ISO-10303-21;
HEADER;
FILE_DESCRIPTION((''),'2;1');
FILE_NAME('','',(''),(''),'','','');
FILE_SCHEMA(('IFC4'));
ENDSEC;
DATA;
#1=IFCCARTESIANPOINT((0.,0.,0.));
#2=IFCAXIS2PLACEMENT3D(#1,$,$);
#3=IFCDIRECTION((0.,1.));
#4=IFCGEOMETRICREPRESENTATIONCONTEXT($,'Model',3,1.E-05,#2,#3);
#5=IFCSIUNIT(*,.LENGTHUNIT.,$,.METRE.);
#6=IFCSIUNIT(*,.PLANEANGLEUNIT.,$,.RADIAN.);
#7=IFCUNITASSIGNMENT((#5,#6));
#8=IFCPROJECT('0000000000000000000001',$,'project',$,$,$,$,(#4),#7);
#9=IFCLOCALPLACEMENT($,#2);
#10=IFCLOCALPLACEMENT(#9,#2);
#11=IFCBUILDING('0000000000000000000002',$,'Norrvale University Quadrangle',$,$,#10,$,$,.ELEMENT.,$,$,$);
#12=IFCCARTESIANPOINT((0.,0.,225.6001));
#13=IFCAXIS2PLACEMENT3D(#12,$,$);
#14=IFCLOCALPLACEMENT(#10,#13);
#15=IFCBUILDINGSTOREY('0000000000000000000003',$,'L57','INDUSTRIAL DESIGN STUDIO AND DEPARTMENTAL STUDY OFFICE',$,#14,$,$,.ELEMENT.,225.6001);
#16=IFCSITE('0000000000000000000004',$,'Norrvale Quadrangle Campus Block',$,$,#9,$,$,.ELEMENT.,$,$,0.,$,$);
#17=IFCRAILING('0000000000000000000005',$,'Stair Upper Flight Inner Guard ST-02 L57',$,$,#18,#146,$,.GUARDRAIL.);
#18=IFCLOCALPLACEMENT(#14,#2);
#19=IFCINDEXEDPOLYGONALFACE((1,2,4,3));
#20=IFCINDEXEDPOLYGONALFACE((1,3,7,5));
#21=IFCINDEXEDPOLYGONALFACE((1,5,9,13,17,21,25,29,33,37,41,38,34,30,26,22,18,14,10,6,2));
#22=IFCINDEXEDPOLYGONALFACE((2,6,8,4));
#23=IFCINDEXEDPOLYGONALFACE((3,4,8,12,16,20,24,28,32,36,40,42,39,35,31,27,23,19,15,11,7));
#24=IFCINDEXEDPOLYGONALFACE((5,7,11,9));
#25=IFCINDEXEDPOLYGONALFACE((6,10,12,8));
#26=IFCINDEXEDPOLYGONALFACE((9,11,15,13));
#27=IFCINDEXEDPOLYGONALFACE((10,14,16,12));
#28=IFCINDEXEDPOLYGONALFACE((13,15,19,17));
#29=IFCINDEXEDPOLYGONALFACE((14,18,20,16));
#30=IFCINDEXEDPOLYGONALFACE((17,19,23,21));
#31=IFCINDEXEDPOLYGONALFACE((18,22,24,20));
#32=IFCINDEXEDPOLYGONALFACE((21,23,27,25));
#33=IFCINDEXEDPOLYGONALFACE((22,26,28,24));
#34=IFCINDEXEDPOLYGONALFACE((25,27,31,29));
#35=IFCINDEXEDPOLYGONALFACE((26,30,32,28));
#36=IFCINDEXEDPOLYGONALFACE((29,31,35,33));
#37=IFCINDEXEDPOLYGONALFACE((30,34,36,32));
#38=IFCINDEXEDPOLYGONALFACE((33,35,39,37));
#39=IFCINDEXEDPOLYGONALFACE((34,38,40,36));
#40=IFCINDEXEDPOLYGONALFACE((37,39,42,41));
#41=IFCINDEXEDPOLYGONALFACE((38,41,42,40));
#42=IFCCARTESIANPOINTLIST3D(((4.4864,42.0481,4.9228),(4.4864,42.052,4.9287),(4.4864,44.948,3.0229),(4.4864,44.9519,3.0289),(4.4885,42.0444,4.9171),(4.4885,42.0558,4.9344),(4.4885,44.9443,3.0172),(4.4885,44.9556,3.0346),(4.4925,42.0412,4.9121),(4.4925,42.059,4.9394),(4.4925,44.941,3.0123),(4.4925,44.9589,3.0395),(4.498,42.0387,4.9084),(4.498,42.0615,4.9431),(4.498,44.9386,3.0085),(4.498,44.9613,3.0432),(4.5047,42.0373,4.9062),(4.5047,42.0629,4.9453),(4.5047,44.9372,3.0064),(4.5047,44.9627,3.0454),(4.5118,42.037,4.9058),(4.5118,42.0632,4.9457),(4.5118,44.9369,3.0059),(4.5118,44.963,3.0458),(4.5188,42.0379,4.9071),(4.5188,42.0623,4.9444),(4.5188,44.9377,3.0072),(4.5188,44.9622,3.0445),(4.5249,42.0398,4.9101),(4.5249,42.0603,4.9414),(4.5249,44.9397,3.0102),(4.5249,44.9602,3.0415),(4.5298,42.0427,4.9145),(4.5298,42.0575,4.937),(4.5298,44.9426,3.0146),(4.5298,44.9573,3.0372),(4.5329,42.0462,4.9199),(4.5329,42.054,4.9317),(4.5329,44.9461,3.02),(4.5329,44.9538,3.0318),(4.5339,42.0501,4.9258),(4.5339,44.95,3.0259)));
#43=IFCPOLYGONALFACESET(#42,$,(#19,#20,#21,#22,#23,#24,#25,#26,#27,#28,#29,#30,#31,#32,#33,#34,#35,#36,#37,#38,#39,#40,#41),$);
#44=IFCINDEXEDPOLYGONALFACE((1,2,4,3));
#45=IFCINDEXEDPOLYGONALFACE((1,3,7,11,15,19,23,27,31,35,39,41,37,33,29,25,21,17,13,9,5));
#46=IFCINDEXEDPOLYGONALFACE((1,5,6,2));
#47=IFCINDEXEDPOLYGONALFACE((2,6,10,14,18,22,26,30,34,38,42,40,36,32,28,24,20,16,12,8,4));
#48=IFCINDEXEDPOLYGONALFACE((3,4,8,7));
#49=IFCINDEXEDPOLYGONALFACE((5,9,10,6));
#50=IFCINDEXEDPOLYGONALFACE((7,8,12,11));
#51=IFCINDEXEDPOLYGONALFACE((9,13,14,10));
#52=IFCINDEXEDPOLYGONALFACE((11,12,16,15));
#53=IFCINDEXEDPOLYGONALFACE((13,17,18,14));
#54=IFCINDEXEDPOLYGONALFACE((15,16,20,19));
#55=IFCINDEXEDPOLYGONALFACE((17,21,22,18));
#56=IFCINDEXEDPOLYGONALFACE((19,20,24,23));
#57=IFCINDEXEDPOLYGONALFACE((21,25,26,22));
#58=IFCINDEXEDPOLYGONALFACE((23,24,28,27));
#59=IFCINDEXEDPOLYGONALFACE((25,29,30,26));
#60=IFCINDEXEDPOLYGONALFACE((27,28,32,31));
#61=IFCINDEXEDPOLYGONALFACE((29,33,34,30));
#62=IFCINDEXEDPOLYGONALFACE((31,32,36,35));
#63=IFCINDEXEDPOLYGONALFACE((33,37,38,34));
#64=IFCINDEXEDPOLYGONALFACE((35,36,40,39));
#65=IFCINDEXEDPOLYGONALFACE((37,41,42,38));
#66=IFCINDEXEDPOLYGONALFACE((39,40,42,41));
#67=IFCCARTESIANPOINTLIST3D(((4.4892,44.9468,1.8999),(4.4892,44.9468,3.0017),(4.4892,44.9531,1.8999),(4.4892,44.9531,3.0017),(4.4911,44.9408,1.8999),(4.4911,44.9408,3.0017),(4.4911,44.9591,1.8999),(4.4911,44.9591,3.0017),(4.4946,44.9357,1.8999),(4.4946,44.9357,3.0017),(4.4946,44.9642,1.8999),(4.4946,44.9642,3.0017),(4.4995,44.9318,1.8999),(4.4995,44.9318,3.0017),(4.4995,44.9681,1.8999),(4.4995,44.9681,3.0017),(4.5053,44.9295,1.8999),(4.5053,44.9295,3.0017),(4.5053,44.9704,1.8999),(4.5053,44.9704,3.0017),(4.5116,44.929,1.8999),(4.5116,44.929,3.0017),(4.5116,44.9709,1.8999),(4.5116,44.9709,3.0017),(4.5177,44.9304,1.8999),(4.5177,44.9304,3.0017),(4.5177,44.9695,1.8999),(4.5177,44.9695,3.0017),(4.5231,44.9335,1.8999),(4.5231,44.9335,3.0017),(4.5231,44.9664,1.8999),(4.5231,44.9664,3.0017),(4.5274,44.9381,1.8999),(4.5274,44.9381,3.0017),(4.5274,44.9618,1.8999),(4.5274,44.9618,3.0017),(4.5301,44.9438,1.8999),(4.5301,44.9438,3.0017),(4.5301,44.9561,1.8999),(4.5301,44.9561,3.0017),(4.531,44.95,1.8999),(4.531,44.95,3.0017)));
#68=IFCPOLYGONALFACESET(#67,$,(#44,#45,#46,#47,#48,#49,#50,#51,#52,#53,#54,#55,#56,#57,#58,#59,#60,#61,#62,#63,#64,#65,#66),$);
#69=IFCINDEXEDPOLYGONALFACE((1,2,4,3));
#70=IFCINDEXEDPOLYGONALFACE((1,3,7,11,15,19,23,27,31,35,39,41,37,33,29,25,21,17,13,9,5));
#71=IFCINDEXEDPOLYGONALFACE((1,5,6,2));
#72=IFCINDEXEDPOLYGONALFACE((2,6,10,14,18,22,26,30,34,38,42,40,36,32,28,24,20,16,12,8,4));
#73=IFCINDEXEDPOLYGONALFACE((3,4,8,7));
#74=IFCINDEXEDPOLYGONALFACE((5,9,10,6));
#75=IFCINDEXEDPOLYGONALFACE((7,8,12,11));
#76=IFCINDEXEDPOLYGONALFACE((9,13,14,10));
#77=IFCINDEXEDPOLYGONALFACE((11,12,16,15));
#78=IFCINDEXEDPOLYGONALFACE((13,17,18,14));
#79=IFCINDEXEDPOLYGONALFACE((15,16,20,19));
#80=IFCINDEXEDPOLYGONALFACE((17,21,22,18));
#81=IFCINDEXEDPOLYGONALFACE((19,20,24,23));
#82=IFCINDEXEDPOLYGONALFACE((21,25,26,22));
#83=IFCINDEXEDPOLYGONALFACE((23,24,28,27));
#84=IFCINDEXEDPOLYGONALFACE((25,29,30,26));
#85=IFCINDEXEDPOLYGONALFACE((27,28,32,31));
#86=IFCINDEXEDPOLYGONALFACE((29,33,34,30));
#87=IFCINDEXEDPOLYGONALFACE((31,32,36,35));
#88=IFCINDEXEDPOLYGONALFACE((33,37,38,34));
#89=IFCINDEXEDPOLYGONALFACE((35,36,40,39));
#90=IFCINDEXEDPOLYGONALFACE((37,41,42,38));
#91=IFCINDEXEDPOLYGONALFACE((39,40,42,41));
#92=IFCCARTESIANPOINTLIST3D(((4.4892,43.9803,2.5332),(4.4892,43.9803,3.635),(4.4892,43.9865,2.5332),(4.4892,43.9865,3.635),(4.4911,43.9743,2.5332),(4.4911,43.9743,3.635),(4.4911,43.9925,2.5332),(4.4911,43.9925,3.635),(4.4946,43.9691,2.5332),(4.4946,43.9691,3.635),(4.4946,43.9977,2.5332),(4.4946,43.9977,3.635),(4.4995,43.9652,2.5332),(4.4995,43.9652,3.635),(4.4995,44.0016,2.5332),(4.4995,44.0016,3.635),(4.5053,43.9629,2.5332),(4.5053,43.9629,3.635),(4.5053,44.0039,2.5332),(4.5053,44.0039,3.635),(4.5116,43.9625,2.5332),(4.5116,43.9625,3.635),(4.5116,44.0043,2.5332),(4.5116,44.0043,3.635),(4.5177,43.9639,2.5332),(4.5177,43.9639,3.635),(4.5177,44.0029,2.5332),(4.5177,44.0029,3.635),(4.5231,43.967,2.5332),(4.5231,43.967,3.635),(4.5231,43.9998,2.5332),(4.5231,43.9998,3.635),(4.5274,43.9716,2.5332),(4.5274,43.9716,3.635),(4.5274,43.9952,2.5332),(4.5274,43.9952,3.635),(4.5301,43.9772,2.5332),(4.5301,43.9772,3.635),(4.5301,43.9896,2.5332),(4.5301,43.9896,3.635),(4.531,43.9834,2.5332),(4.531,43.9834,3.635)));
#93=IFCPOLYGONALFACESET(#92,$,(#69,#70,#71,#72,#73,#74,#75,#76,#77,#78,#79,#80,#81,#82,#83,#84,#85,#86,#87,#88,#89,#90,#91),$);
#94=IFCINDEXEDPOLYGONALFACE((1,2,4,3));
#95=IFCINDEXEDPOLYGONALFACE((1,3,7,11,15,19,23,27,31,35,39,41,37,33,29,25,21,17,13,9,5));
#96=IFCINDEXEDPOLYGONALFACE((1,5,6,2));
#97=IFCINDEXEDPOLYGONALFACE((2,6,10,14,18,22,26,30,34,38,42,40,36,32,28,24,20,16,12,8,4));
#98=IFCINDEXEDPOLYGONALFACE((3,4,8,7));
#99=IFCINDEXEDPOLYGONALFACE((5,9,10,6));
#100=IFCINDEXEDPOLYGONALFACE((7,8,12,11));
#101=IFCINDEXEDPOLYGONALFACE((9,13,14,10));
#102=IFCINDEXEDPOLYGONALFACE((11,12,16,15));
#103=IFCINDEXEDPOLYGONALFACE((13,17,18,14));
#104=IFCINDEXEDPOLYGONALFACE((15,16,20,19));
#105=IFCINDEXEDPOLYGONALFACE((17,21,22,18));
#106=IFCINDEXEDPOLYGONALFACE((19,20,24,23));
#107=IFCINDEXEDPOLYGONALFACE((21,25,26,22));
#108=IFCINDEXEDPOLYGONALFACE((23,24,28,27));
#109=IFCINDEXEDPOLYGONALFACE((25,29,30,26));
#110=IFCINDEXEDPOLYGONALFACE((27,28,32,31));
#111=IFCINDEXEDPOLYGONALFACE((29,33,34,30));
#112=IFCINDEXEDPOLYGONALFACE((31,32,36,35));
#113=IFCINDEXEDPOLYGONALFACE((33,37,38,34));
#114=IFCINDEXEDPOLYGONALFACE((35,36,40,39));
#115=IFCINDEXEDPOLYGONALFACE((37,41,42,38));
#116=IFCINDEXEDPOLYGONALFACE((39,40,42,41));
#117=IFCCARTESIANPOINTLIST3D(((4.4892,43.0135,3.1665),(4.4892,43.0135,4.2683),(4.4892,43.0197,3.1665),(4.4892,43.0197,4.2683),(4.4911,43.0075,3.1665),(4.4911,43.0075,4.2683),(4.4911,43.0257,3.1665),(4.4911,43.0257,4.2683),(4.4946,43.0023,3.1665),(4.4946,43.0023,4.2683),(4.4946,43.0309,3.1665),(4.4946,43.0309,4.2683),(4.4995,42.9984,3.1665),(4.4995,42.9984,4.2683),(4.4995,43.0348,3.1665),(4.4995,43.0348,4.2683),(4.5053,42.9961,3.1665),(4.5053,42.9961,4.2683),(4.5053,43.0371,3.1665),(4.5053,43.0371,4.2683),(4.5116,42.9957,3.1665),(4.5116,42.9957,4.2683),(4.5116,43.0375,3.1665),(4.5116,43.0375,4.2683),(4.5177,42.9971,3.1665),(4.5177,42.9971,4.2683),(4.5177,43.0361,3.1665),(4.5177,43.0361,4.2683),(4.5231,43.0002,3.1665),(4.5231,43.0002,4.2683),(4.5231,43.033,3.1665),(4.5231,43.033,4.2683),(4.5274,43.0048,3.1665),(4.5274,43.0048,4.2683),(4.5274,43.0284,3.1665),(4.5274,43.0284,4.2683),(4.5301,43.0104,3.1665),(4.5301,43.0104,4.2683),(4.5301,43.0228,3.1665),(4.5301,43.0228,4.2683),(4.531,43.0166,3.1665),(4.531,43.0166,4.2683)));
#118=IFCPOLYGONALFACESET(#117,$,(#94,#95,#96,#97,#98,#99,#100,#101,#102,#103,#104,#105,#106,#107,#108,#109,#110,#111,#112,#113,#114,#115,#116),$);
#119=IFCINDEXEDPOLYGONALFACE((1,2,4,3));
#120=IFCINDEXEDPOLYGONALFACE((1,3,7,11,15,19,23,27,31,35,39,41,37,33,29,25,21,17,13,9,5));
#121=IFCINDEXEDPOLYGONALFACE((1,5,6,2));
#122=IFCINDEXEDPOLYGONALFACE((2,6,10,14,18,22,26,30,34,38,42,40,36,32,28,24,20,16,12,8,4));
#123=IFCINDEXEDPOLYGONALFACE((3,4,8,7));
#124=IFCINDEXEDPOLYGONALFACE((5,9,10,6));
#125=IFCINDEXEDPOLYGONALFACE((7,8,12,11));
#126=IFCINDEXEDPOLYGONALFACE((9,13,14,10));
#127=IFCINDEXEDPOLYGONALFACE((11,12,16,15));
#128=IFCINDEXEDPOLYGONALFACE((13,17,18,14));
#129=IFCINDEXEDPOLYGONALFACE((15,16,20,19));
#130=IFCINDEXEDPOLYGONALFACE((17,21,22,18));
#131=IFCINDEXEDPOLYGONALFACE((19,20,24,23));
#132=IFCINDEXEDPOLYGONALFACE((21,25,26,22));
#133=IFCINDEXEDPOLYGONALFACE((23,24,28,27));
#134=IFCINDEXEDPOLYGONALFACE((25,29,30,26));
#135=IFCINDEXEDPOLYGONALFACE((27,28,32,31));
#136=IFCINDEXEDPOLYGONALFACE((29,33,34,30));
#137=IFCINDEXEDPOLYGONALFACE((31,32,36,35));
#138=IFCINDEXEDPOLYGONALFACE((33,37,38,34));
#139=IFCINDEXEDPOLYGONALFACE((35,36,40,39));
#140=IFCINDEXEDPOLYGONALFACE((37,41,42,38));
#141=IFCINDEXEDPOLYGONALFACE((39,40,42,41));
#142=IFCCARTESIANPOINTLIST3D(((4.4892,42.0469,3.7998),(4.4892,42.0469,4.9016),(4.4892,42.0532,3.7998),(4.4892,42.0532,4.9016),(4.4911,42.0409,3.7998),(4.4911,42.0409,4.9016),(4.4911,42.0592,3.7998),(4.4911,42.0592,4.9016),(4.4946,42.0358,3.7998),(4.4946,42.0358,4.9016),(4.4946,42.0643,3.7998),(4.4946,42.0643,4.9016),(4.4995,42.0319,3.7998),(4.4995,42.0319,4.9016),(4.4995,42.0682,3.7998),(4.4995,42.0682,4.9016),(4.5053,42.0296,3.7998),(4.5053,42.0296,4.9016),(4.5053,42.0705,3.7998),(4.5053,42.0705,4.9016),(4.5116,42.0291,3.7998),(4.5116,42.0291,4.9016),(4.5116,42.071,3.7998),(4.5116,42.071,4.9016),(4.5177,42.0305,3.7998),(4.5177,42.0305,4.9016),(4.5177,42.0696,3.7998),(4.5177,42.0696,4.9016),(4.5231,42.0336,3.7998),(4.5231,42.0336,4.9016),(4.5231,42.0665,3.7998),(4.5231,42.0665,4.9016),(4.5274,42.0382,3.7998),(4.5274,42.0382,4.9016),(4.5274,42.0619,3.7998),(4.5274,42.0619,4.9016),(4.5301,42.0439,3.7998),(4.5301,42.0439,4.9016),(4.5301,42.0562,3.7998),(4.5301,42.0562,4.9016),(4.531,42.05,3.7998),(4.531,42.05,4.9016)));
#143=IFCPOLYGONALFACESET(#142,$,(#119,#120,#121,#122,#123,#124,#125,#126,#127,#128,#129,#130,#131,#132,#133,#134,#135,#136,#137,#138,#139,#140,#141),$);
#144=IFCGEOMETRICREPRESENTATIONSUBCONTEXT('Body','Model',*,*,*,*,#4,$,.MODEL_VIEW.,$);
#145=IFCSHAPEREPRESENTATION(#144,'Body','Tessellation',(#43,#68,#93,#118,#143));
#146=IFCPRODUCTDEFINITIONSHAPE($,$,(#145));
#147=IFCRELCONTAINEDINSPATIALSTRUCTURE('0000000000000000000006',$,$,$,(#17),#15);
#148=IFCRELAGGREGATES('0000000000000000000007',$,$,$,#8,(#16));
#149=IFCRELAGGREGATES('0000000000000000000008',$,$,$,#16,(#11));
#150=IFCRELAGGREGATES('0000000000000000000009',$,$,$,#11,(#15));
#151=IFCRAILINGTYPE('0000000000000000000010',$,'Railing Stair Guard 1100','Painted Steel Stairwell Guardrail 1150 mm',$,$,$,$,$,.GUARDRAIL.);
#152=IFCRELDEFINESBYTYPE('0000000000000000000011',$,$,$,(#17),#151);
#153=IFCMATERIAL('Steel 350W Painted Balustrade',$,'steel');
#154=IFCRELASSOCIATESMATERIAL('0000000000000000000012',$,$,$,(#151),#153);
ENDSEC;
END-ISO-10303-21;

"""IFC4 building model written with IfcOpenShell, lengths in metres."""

from ifc_helpers import new_model, si_unit, direction, frame, origin, origin_2d, place, context, subcontext, project, spatial, circle, extrude, material, type_object, element, save


model = new_model("IFC4")

# Units and contexts
model_context = context("Model", 3, precision=1e-05, world=origin(), true_north=direction((0.0, 1.0)))
body_context = subcontext(model_context, "Body", "Model", "MODEL_VIEW")
ifc_project = project(units=[si_unit("LENGTHUNIT", "METRE"), si_unit("PLANEANGLEUNIT", "RADIAN")], contexts=[model_context])

# Site, building, storey
site_placement = place(None, origin())
site = spatial("IfcSite", under=ifc_project, at=site_placement, Name="Norrvale Quadrangle Campus Block", CompositionType="ELEMENT", RefElevation=0.0)
building_placement = place(site_placement, origin())
building = spatial("IfcBuilding", under=site, at=building_placement, Name="Norrvale University Quadrangle", CompositionType="ELEMENT")
storey_placement = place(building_placement, frame((0.0, 0.0, 225.6001)))
storey = spatial("IfcBuildingStorey", under=building, at=storey_placement, Name="L57", Description="INDUSTRIAL DESIGN STUDIO AND DEPARTMENTAL STUDY OFFICE", CompositionType="ELEMENT", Elevation=225.6001)

# Railing
ifc_material_1 = material(Name="Steel 350W Painted Balustrade", Category="steel")
railing_type_1 = type_object("IfcRailingType", Name="Railing Stair Guard 1100", Description="Painted Steel Stairwell Guardrail 1150 mm", PredefinedType="GUARDRAIL", material=ifc_material_1)
railing_1_placement = place(storey_placement, frame((4.51, 44.95, 1.8999)))
element("IfcRailing", 1, at=railing_1_placement, inside=storey, type_object=railing_type_1, Name="Stair Upper Flight Inner Guard ST-02 L57", PredefinedType="GUARDRAIL", context=body_context, shape_type="SweptSolid", body=[
    extrude(circle(Radius=0.0239, at=origin_2d()), frame((0.0, 0.0, 1.126), z_axis=(0.0, -0.836466, 0.548019), x_axis=(1.0, 0.0, 0.0)), (0.0, 0.0, 1.0), 3.4668),
    extrude(circle(Radius=0.021, at=origin_2d()), origin(), (0.0, 0.0, 1.0), 1.1018),
    extrude(circle(Radius=0.021, at=origin_2d()), frame((0.0, -0.9666, 0.6333)), (0.0, 0.0, 1.0), 1.1018),
    extrude(circle(Radius=0.021, at=origin_2d()), frame((0.0, -1.9333, 1.2666)), (0.0, 0.0, 1.0), 1.1018),
    extrude(circle(Radius=0.021, at=origin_2d()), frame((0.0, -2.8999, 1.8999)), (0.0, 0.0, 1.0), 1.1018),
])

save(model, "model.ifc")
